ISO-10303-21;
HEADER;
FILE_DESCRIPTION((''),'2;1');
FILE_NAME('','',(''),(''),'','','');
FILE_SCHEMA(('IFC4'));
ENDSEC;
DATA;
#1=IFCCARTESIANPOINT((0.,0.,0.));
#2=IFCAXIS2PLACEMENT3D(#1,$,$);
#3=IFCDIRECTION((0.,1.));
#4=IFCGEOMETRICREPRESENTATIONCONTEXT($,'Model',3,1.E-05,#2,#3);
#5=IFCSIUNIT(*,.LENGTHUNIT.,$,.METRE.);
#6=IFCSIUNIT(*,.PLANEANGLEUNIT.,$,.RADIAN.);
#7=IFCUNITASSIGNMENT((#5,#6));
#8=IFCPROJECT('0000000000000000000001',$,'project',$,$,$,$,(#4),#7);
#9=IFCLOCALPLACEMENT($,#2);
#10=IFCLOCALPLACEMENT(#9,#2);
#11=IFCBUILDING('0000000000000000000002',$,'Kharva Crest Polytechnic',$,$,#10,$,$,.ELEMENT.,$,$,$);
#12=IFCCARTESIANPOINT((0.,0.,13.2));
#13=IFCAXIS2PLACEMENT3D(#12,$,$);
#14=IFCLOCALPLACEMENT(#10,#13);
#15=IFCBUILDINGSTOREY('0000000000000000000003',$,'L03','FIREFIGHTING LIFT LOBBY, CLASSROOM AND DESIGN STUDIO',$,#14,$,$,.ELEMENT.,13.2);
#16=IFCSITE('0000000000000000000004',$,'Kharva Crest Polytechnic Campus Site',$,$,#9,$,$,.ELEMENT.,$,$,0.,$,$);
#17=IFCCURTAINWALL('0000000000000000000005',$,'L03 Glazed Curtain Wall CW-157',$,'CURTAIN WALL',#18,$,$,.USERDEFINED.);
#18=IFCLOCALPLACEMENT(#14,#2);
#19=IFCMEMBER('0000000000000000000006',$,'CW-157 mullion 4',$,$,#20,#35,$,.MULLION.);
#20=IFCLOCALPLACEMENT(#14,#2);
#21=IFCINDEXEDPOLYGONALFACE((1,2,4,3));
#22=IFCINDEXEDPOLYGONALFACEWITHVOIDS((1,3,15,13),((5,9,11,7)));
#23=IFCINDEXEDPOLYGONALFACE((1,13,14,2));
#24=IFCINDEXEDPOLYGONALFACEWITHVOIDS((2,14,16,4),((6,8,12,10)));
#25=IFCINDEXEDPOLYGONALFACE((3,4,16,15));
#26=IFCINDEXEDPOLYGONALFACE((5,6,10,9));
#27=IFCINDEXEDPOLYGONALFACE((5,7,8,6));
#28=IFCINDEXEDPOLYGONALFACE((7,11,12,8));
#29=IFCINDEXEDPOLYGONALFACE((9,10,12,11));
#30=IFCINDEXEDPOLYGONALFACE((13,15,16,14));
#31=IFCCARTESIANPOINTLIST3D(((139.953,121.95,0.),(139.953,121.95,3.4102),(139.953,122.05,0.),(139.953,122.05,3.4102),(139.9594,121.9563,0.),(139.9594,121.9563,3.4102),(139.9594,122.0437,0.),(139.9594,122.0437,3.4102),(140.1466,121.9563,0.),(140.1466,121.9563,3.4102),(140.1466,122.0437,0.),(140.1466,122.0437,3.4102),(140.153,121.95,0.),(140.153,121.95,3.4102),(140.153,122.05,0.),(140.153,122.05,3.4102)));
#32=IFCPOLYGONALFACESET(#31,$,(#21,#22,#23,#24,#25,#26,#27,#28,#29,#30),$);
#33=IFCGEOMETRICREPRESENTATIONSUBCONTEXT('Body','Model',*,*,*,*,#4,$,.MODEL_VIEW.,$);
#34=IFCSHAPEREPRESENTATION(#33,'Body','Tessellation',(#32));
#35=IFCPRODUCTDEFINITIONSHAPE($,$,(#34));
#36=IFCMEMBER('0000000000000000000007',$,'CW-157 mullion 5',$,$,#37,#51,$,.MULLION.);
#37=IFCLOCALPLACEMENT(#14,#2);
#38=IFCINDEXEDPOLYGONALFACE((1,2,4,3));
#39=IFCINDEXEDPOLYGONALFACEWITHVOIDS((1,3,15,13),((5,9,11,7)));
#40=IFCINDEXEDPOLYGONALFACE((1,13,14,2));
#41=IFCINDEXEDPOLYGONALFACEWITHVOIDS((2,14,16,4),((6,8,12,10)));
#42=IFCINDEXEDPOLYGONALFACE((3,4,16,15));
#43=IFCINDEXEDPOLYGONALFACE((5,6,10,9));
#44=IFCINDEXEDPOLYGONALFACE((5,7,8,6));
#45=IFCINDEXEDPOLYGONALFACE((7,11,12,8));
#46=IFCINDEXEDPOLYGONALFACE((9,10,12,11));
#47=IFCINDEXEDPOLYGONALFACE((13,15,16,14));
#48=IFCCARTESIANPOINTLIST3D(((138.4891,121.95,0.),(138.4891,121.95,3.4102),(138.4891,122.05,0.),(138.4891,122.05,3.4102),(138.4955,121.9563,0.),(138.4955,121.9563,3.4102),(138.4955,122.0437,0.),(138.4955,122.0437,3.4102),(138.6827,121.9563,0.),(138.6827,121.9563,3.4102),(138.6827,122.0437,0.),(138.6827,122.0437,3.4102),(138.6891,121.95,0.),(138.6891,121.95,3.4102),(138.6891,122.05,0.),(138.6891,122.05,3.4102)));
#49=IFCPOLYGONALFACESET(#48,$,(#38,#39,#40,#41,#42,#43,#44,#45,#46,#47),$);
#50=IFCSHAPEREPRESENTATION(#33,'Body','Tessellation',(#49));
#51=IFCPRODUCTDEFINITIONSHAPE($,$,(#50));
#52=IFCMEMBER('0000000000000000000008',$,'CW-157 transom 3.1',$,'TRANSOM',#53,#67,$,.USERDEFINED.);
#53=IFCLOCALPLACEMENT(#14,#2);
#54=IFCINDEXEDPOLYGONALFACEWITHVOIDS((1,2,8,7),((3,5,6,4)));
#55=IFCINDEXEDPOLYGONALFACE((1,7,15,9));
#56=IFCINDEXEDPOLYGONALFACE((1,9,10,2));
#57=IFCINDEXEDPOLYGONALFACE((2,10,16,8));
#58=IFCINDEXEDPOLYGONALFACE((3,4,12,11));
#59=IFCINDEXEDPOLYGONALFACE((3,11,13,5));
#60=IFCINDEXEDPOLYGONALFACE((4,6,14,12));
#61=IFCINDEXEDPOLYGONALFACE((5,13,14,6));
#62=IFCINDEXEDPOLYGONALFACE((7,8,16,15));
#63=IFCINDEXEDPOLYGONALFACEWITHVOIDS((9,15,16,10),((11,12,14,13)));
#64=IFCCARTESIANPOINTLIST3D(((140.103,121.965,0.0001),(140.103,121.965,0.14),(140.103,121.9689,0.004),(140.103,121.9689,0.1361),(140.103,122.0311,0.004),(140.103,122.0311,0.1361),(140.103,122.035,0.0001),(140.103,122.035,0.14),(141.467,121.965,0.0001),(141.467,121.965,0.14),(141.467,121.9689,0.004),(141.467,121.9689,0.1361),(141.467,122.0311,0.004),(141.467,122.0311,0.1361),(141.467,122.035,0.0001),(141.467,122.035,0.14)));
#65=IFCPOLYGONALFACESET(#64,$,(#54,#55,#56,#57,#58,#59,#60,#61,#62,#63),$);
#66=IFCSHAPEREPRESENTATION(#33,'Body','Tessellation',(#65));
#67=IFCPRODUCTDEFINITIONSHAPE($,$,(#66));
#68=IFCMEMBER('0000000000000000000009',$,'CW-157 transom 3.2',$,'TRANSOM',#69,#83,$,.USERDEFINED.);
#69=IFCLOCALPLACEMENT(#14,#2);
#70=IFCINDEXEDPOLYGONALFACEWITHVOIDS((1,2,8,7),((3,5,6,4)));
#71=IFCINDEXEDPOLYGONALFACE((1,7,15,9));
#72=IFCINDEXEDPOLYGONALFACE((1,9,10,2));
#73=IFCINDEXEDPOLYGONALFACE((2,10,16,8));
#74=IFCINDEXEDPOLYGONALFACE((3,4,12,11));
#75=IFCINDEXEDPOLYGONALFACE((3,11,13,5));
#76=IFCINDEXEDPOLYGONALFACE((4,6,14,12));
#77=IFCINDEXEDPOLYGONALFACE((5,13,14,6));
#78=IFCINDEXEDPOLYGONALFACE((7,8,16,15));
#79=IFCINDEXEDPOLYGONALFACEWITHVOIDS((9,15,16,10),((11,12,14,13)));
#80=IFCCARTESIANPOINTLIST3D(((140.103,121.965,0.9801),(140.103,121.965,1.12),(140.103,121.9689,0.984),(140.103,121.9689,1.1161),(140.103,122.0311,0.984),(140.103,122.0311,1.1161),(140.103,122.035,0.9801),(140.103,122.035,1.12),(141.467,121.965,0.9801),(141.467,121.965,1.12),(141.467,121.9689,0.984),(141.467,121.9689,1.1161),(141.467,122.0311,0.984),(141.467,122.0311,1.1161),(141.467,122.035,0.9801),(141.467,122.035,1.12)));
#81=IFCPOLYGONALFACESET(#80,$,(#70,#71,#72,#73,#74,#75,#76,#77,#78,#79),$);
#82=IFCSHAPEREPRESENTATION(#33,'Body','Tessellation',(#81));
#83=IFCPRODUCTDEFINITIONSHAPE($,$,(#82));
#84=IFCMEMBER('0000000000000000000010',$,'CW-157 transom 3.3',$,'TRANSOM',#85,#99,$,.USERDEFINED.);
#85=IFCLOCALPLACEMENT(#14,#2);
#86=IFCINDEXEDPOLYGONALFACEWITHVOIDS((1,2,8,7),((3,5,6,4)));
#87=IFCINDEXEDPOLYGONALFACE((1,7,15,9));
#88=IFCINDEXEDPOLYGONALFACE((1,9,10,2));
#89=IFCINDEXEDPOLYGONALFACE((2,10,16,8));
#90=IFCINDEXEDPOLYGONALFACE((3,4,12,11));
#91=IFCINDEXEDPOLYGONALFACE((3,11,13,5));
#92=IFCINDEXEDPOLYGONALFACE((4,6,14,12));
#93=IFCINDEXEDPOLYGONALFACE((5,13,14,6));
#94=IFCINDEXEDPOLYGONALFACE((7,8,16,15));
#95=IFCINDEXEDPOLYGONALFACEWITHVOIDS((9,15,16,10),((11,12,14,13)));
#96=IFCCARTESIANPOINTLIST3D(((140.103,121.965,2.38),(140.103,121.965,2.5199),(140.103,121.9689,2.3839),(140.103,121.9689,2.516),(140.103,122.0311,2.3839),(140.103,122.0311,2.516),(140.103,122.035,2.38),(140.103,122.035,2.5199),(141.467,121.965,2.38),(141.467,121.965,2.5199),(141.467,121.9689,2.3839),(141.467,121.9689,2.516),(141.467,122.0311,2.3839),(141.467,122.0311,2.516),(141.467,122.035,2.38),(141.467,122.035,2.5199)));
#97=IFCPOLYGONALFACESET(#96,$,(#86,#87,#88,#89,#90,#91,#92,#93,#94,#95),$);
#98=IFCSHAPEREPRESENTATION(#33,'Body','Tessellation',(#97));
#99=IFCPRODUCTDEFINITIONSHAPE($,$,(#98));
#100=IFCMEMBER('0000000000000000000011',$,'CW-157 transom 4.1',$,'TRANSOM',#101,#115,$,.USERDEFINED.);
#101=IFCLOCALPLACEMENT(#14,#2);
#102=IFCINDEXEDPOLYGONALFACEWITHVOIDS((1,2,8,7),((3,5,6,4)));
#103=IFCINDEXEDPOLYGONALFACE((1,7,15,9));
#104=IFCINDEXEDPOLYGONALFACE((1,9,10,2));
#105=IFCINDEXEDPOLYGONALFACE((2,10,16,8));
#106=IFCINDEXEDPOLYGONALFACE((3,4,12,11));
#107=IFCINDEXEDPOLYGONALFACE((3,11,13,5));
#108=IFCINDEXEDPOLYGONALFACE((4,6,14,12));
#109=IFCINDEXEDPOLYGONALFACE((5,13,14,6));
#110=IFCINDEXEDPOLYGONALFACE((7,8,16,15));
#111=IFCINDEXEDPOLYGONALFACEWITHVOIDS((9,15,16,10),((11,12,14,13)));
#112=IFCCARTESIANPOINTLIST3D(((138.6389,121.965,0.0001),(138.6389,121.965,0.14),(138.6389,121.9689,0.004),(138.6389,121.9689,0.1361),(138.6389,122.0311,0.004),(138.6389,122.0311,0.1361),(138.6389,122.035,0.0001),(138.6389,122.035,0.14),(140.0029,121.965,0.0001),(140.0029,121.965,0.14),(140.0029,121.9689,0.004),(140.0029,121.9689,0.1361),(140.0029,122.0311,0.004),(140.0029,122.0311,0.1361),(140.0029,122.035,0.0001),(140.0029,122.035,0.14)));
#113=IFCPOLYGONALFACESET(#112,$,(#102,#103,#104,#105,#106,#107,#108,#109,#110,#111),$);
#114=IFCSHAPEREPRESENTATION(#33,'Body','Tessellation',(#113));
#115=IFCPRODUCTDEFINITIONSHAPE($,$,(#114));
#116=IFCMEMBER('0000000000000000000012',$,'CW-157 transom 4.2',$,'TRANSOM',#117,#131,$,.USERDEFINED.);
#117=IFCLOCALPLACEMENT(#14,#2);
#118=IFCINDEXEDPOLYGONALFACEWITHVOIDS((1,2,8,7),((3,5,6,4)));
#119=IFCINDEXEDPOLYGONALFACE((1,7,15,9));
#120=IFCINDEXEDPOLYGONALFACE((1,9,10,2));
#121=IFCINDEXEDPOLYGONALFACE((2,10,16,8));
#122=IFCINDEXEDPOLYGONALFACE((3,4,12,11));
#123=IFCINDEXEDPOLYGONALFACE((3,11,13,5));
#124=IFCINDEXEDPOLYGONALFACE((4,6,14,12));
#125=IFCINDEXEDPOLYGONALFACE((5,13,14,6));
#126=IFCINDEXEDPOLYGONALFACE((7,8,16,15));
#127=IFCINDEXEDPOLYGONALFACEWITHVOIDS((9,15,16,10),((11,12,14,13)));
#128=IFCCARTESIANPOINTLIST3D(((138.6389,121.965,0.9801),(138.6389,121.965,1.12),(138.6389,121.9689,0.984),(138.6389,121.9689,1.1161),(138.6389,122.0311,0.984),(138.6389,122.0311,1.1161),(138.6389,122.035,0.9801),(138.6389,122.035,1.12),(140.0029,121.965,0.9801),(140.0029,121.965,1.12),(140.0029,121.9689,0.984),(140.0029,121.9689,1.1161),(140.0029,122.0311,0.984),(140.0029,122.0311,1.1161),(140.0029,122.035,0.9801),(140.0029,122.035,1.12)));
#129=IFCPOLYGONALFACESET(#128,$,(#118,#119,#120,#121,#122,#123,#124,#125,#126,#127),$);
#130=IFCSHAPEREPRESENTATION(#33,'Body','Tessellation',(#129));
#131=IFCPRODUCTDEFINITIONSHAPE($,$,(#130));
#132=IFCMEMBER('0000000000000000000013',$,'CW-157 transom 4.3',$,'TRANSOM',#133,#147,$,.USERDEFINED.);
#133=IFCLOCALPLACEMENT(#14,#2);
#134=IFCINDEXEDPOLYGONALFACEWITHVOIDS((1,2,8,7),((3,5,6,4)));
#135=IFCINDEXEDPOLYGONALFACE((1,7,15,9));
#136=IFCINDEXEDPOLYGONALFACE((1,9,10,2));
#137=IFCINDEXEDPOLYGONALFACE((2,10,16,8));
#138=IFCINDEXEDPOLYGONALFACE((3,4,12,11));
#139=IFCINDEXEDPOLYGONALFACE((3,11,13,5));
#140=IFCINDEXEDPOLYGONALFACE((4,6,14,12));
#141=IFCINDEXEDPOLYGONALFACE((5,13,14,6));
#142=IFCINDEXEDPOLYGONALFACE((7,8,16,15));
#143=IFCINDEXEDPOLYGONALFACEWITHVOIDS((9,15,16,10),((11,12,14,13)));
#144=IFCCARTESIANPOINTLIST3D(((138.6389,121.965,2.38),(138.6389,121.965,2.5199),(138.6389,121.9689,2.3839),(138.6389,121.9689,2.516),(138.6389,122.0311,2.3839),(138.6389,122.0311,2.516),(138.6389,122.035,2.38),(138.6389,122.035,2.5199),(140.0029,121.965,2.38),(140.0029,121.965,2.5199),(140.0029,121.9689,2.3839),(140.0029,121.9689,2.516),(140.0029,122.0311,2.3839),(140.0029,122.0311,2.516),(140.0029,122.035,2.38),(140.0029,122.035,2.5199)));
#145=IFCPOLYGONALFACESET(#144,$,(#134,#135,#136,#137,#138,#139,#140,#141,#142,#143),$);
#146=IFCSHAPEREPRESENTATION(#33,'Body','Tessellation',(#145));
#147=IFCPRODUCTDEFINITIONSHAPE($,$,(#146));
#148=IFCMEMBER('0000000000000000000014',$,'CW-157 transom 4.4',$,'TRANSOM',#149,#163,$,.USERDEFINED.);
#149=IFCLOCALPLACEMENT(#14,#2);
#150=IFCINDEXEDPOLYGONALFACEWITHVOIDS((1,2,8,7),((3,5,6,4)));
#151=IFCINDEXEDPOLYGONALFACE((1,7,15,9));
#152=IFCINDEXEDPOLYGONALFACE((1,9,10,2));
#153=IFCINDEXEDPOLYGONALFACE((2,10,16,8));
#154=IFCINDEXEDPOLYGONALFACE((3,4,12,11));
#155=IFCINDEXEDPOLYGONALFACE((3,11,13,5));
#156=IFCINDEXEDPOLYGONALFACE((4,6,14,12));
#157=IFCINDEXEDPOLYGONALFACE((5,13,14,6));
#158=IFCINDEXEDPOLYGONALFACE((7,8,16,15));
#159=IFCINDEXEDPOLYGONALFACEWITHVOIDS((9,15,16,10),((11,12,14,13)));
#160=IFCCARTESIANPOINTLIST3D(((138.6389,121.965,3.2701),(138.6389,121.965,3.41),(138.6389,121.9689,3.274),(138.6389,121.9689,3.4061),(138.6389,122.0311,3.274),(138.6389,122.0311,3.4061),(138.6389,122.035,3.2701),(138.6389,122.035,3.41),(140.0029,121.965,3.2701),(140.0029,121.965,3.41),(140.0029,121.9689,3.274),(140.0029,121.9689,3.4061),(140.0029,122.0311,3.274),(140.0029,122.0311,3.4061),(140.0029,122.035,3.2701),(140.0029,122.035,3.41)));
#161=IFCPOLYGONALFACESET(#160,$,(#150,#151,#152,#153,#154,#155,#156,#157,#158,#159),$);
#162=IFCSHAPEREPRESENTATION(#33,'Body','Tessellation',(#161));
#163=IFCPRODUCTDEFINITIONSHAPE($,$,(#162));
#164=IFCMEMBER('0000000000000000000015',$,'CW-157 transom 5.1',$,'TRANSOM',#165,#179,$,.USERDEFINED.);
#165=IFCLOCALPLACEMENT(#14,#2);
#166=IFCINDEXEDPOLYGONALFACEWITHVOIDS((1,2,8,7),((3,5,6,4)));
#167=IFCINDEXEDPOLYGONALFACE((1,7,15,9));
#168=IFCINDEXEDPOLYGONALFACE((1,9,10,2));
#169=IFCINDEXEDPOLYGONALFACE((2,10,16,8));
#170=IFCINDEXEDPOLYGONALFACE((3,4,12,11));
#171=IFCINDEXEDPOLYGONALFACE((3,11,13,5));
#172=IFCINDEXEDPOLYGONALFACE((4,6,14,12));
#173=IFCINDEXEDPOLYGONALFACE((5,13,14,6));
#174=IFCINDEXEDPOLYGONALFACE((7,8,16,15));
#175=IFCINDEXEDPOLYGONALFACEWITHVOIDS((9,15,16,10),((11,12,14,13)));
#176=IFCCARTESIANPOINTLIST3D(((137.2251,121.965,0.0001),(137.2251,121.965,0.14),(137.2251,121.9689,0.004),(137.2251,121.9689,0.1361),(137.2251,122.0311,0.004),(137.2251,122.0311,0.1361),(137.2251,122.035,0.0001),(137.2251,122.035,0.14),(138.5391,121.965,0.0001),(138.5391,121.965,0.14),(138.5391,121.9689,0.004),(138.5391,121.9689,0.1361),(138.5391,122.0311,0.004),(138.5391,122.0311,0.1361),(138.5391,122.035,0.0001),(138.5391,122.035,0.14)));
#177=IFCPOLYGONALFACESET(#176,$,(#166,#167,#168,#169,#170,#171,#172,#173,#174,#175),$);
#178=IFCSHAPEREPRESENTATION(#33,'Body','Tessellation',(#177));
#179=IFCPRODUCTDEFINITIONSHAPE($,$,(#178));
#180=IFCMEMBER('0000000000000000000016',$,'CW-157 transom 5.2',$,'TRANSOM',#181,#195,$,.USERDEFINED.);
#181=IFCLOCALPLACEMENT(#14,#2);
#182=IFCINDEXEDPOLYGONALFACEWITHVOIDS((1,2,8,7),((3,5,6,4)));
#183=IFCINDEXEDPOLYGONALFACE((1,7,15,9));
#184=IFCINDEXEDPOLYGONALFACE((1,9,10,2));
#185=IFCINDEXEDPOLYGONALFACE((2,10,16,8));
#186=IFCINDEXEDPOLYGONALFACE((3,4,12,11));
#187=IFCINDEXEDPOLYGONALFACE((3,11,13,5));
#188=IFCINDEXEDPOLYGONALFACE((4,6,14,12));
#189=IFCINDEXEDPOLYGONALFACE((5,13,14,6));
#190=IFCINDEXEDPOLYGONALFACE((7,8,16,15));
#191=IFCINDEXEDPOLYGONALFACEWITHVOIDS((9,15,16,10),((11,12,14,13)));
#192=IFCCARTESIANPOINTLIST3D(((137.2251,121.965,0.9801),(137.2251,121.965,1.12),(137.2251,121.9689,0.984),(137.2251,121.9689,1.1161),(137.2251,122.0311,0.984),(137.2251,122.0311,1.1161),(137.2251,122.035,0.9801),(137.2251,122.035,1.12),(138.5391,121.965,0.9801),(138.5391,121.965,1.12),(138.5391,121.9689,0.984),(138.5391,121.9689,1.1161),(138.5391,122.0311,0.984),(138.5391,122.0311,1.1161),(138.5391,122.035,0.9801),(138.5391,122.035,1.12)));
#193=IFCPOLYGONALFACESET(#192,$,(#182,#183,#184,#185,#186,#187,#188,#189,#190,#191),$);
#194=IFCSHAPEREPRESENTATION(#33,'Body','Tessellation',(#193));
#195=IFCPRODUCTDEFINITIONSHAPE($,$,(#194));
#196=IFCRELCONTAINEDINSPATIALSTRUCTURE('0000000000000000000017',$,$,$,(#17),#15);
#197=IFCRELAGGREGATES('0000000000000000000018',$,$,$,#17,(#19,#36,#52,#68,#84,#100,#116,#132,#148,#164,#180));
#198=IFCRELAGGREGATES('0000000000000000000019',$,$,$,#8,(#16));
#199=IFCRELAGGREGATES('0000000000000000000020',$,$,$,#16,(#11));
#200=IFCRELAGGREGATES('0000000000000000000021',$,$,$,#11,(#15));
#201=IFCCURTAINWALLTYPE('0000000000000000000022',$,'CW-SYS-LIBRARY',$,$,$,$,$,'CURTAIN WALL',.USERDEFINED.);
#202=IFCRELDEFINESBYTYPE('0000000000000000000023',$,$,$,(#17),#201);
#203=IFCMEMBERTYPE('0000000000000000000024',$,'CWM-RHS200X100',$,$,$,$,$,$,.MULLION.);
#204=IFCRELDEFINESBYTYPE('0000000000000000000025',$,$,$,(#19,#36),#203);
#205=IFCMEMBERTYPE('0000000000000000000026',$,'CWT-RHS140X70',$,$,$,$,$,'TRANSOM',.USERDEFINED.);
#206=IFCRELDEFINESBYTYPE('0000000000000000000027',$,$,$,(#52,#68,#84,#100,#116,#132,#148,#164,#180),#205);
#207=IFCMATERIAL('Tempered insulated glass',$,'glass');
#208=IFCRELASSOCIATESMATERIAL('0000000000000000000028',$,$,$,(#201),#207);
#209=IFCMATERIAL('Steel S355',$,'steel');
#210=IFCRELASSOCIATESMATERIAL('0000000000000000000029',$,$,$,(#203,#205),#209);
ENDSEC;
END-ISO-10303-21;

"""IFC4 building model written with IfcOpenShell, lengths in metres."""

from ifc_helpers import new_model, si_unit, direction, frame, origin, origin_2d, place, context, subcontext, project, spatial, hollow_rectangle, extrude, material, material_profile, profile_set, type_object, element, aggregate, save


model = new_model("IFC4")

# Units and contexts
model_context = context("Model", 3, precision=1e-05, world=origin(), true_north=direction((0.0, 1.0)))
body_context = subcontext(model_context, "Body", "Model", "MODEL_VIEW")
ifc_project = project(units=[si_unit("LENGTHUNIT", "METRE"), si_unit("PLANEANGLEUNIT", "RADIAN")], contexts=[model_context])

# Site, building, storey
site_placement = place(None, origin())
site = spatial("IfcSite", under=ifc_project, at=site_placement, Name="Kharva Crest Polytechnic Campus Site", CompositionType="ELEMENT", RefElevation=0.0)
building_placement = place(site_placement, origin())
building = spatial("IfcBuilding", under=site, at=building_placement, Name="Kharva Crest Polytechnic", CompositionType="ELEMENT")
storey_placement = place(building_placement, frame((0.0, 0.0, 13.2)))
storey = spatial("IfcBuildingStorey", under=building, at=storey_placement, Name="L03", Description="FIREFIGHTING LIFT LOBBY, CLASSROOM AND DESIGN STUDIO", CompositionType="ELEMENT", Elevation=13.2)

# Curtain wall, members
ifc_material_1 = material(Name="Tempered insulated glass", Category="glass")
curtain_wall_type = type_object("IfcCurtainWallType", Name="CW-SYS-LIBRARY", ElementType="CURTAIN WALL", PredefinedType="USERDEFINED", material=ifc_material_1)
curtain_wall_placement = place(storey_placement, origin())
curtain_wall = element("IfcCurtainWall", 1, at=curtain_wall_placement, inside=storey, type_object=curtain_wall_type, Name="L03 Glazed Curtain Wall CW-157", ObjectType="CURTAIN WALL", PredefinedType="USERDEFINED")
ifc_material_2 = material(Name="Steel S355", Category="steel")
ifc_material_profile_1 = material_profile(ifc_material_2, hollow_rectangle(XDim=0.1001, YDim=0.2, WallThickness=0.0063, at=origin_2d()), Name="RHS 200X100X6.3")
ifc_profile_set_1 = profile_set([ifc_material_profile_1], Name="Steel S355")
member_type_1 = type_object("IfcMemberType", Name="CWM-RHS200X100", PredefinedType="MULLION", material=ifc_profile_set_1)
member_1_placement = place(storey_placement, frame((140.053, 122.0, 0.0), z_axis=(0.0, 0.0, 1.0), x_axis=(0.0, -1.0, 0.0)))
member_1 = element("IfcMember", 2, at=member_1_placement, type_object=member_type_1, Name="CW-157 mullion 4", PredefinedType="MULLION", context=body_context, shape_type="SweptSolid", body=[
    extrude(hollow_rectangle(XDim=0.1001, YDim=0.2, WallThickness=0.0063, at=origin_2d()), origin(), (0.0, 0.0, 1.0), 3.4102),
])
member_2_placement = place(storey_placement, frame((138.5891, 122.0, 0.0), z_axis=(0.0, 0.0, 1.0), x_axis=(0.0, -1.0, 0.0)))
member_2 = element("IfcMember", 3, at=member_2_placement, type_object=member_type_1, Name="CW-157 mullion 5", PredefinedType="MULLION", context=body_context, shape_type="SweptSolid", body=[
    extrude(hollow_rectangle(XDim=0.1001, YDim=0.2, WallThickness=0.0063, at=origin_2d()), origin(), (0.0, 0.0, 1.0), 3.4102),
])
ifc_material_profile_2 = material_profile(ifc_material_2, hollow_rectangle(XDim=0.0701, YDim=0.1399, WallThickness=0.0039, at=origin_2d()), Name="RHS 140X70X4.0")
ifc_profile_set_2 = profile_set([ifc_material_profile_2], Name="Steel S355")
member_type_2 = type_object("IfcMemberType", Name="CWT-RHS140X70", ElementType="TRANSOM", PredefinedType="USERDEFINED", material=ifc_profile_set_2)
member_3_placement = place(storey_placement, frame((141.467, 122.0, 0.0701), z_axis=(-1.0, 0.0, 0.0), x_axis=(0.0, -1.0, 0.0)))
member_3 = element("IfcMember", 4, at=member_3_placement, type_object=member_type_2, Name="CW-157 transom 3.1", ObjectType="TRANSOM", PredefinedType="USERDEFINED", context=body_context, shape_type="SweptSolid", body=[
    extrude(hollow_rectangle(XDim=0.0701, YDim=0.1399, WallThickness=0.0039, at=origin_2d()), origin(), (0.0, 0.0, 1.0), 1.364),
])
member_4_placement = place(storey_placement, frame((141.467, 122.0, 1.05), z_axis=(-1.0, 0.0, 0.0), x_axis=(0.0, -1.0, 0.0)))
member_4 = element("IfcMember", 5, at=member_4_placement, type_object=member_type_2, Name="CW-157 transom 3.2", ObjectType="TRANSOM", PredefinedType="USERDEFINED", context=body_context, shape_type="SweptSolid", body=[
    extrude(hollow_rectangle(XDim=0.0701, YDim=0.1399, WallThickness=0.0039, at=origin_2d()), origin(), (0.0, 0.0, 1.0), 1.364),
])
member_5_placement = place(storey_placement, frame((141.467, 122.0, 2.45), z_axis=(-1.0, 0.0, 0.0), x_axis=(0.0, -1.0, 0.0)))
member_5 = element("IfcMember", 6, at=member_5_placement, type_object=member_type_2, Name="CW-157 transom 3.3", ObjectType="TRANSOM", PredefinedType="USERDEFINED", context=body_context, shape_type="SweptSolid", body=[
    extrude(hollow_rectangle(XDim=0.0701, YDim=0.1399, WallThickness=0.0039, at=origin_2d()), origin(), (0.0, 0.0, 1.0), 1.364),
])
member_6_placement = place(storey_placement, frame((140.0029, 122.0, 0.0701), z_axis=(-1.0, 0.0, 0.0), x_axis=(0.0, -1.0, 0.0)))
member_6 = element("IfcMember", 7, at=member_6_placement, type_object=member_type_2, Name="CW-157 transom 4.1", ObjectType="TRANSOM", PredefinedType="USERDEFINED", context=body_context, shape_type="SweptSolid", body=[
    extrude(hollow_rectangle(XDim=0.0701, YDim=0.1399, WallThickness=0.0039, at=origin_2d()), origin(), (0.0, 0.0, 1.0), 1.364),
])
member_7_placement = place(storey_placement, frame((140.0029, 122.0, 1.05), z_axis=(-1.0, 0.0, 0.0), x_axis=(0.0, -1.0, 0.0)))
member_7 = element("IfcMember", 8, at=member_7_placement, type_object=member_type_2, Name="CW-157 transom 4.2", ObjectType="TRANSOM", PredefinedType="USERDEFINED", context=body_context, shape_type="SweptSolid", body=[
    extrude(hollow_rectangle(XDim=0.0701, YDim=0.1399, WallThickness=0.0039, at=origin_2d()), origin(), (0.0, 0.0, 1.0), 1.364),
])
member_8_placement = place(storey_placement, frame((140.0029, 122.0, 2.45), z_axis=(-1.0, 0.0, 0.0), x_axis=(0.0, -1.0, 0.0)))
member_8 = element("IfcMember", 9, at=member_8_placement, type_object=member_type_2, Name="CW-157 transom 4.3", ObjectType="TRANSOM", PredefinedType="USERDEFINED", context=body_context, shape_type="SweptSolid", body=[
    extrude(hollow_rectangle(XDim=0.0701, YDim=0.1399, WallThickness=0.0039, at=origin_2d()), origin(), (0.0, 0.0, 1.0), 1.364),
])
member_9_placement = place(storey_placement, frame((140.0029, 122.0, 3.3401), z_axis=(-1.0, 0.0, 0.0), x_axis=(0.0, -1.0, 0.0)))
member_9 = element("IfcMember", 10, at=member_9_placement, type_object=member_type_2, Name="CW-157 transom 4.4", ObjectType="TRANSOM", PredefinedType="USERDEFINED", context=body_context, shape_type="SweptSolid", body=[
    extrude(hollow_rectangle(XDim=0.0701, YDim=0.1399, WallThickness=0.0039, at=origin_2d()), origin(), (0.0, 0.0, 1.0), 1.364),
])
member_10_placement = place(storey_placement, frame((138.5391, 122.0, 0.0701), z_axis=(-1.0, 0.0, 0.0), x_axis=(0.0, -1.0, 0.0)))
member_10 = element("IfcMember", 11, at=member_10_placement, type_object=member_type_2, Name="CW-157 transom 5.1", ObjectType="TRANSOM", PredefinedType="USERDEFINED", context=body_context, shape_type="SweptSolid", body=[
    extrude(hollow_rectangle(XDim=0.0701, YDim=0.1399, WallThickness=0.0039, at=origin_2d()), origin(), (0.0, 0.0, 1.0), 1.314),
])
member_11_placement = place(storey_placement, frame((138.5391, 122.0, 1.05), z_axis=(-1.0, 0.0, 0.0), x_axis=(0.0, -1.0, 0.0)))
member_11 = element("IfcMember", 12, at=member_11_placement, type_object=member_type_2, Name="CW-157 transom 5.2", ObjectType="TRANSOM", PredefinedType="USERDEFINED", context=body_context, shape_type="SweptSolid", body=[
    extrude(hollow_rectangle(XDim=0.0701, YDim=0.1399, WallThickness=0.0039, at=origin_2d()), origin(), (0.0, 0.0, 1.0), 1.314),
])
aggregate(curtain_wall, [member_1, member_2, member_3, member_4, member_5, member_6, member_7, member_8, member_9, member_10, member_11])

save(model, "model.ifc")
